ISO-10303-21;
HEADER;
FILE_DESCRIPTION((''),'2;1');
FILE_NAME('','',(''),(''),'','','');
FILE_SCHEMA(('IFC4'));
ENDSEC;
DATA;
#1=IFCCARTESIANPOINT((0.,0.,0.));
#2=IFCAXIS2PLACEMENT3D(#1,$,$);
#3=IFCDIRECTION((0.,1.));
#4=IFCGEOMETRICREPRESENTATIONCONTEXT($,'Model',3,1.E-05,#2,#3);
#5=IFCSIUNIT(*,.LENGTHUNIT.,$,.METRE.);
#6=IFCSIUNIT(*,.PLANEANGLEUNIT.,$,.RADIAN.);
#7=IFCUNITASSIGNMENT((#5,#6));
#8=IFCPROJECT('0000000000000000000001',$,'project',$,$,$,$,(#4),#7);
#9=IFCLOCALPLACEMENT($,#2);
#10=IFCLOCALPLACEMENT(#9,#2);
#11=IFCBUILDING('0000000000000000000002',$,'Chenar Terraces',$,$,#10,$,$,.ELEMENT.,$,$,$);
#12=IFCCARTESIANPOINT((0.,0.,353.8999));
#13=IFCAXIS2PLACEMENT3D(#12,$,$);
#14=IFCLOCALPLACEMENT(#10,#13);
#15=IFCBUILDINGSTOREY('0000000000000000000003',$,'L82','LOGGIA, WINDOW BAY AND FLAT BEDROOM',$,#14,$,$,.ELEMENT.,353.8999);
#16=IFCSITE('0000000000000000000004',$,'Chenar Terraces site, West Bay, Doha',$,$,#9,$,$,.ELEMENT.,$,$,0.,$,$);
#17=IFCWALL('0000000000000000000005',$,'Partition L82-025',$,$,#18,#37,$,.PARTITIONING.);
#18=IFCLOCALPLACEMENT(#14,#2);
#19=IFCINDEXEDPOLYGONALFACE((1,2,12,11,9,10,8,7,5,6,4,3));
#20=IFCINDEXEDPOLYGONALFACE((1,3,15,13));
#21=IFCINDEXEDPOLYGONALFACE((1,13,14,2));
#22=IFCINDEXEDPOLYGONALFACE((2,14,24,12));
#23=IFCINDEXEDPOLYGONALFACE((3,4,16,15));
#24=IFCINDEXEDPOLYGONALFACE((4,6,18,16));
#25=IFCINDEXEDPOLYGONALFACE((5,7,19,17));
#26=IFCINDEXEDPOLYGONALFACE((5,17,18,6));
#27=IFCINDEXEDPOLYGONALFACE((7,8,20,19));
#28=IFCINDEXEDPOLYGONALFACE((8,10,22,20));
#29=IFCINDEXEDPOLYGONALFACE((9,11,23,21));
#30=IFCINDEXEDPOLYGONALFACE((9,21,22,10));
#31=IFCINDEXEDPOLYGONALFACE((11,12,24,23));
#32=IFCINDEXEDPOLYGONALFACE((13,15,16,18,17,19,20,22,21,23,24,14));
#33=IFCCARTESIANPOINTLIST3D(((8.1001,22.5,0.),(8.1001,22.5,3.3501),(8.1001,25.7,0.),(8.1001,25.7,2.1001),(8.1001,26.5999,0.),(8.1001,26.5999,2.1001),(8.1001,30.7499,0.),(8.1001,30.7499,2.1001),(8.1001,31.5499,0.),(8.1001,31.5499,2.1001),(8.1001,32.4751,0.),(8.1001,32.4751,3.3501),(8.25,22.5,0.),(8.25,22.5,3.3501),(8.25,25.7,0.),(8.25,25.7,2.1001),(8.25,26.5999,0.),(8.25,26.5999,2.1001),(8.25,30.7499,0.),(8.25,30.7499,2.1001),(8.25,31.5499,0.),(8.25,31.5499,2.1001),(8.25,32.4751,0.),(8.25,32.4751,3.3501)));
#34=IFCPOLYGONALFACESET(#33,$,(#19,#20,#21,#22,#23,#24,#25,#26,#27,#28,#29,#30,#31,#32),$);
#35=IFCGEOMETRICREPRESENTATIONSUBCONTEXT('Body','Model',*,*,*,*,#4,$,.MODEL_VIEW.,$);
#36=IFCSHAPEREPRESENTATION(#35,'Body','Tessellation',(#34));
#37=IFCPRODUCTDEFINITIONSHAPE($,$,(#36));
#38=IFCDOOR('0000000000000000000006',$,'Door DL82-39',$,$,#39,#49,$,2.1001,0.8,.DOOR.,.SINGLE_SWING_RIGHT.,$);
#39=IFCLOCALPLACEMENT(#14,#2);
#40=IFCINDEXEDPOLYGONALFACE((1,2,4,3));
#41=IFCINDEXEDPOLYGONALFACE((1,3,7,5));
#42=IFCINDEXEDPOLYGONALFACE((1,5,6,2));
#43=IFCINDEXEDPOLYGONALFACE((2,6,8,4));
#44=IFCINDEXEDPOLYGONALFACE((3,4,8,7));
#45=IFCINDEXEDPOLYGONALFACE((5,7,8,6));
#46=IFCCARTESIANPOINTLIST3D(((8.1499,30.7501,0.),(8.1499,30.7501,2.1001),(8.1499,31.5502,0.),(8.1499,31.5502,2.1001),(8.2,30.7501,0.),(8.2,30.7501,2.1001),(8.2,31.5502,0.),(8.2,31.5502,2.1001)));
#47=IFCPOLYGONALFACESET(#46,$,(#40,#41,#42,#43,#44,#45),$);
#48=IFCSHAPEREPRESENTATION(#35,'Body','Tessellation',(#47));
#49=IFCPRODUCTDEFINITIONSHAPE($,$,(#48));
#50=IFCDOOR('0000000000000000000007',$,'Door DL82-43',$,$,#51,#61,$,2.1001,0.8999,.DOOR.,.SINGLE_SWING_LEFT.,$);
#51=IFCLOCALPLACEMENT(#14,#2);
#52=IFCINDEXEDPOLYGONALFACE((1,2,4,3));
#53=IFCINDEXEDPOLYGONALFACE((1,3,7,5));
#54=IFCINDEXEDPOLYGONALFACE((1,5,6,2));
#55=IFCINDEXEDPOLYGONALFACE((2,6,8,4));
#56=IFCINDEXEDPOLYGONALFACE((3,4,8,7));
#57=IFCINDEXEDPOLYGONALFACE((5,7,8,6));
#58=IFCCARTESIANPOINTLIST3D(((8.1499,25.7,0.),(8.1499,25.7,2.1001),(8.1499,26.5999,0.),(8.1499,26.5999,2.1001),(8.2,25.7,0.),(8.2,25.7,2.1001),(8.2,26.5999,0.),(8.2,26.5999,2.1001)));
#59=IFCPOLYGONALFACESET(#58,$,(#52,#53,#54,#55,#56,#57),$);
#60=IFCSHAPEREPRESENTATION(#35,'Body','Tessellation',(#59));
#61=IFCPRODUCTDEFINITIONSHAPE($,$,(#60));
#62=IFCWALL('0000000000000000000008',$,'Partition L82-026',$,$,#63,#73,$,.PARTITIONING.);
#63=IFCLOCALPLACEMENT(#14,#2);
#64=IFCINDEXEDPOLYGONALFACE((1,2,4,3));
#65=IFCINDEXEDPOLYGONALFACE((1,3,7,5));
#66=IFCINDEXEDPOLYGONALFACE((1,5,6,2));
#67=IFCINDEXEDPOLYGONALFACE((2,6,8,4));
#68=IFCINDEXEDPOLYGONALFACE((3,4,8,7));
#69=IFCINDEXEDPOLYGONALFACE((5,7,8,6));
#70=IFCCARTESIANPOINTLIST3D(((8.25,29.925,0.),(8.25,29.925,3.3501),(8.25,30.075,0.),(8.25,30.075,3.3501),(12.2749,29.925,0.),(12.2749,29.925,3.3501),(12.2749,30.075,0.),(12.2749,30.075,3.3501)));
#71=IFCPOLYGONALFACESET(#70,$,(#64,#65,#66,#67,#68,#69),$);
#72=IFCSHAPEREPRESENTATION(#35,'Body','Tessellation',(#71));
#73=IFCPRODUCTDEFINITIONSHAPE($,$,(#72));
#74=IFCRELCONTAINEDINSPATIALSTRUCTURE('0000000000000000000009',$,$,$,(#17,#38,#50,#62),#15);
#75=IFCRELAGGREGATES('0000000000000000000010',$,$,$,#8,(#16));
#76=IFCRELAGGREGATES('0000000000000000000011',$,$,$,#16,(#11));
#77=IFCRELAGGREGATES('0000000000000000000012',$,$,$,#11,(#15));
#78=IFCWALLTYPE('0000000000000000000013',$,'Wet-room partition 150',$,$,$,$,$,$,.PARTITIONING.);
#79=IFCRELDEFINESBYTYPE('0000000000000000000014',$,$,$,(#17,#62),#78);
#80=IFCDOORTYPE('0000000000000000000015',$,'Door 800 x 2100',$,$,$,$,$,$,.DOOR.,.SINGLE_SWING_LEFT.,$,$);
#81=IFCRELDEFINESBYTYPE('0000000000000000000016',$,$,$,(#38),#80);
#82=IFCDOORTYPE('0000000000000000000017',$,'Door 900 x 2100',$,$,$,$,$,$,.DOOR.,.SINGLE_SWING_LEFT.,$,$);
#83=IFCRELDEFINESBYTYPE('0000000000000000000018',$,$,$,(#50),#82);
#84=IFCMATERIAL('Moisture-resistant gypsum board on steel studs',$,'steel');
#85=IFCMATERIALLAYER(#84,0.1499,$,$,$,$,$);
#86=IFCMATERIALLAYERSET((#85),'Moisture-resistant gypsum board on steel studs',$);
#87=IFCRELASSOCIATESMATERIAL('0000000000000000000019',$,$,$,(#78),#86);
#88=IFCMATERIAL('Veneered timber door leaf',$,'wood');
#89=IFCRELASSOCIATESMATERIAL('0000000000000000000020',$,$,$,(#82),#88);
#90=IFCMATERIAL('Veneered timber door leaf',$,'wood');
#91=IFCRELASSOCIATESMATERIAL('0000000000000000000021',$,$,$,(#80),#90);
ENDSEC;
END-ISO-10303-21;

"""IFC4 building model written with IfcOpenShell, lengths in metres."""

from ifc_helpers import new_model, si_unit, direction, frame, frame_2d, origin, place, context, subcontext, project, spatial, rectangle, extrude, material, layer, layer_set, type_object, element, fill, save


model = new_model("IFC4")

# Units and contexts
model_context = context("Model", 3, precision=1e-05, world=origin(), true_north=direction((0.0, 1.0)))
body_context = subcontext(model_context, "Body", "Model", "MODEL_VIEW")
ifc_project = project(units=[si_unit("LENGTHUNIT", "METRE"), si_unit("PLANEANGLEUNIT", "RADIAN")], contexts=[model_context])

# Site, building, storey
site_placement = place(None, origin())
site = spatial("IfcSite", under=ifc_project, at=site_placement, Name="Chenar Terraces site, West Bay, Doha", CompositionType="ELEMENT", RefElevation=0.0)
building_placement = place(site_placement, origin())
building = spatial("IfcBuilding", under=site, at=building_placement, Name="Chenar Terraces", CompositionType="ELEMENT")
storey_placement = place(building_placement, frame((0.0, 0.0, 353.8999)))
storey = spatial("IfcBuildingStorey", under=building, at=storey_placement, Name="L82", Description="LOGGIA, WINDOW BAY AND FLAT BEDROOM", CompositionType="ELEMENT", Elevation=353.8999)

# Wall, openings, doors
ifc_material_1 = material(Name="Moisture-resistant gypsum board on steel studs", Category="steel")
ifc_layer_1 = layer(ifc_material_1, 0.1499)
ifc_layer_set_1 = layer_set([ifc_layer_1], Name="Moisture-resistant gypsum board on steel studs")
wall_type_1 = type_object("IfcWallType", Name="Wet-room partition 150", PredefinedType="PARTITIONING", material=ifc_layer_set_1)
ifc_material_2 = material(Name="Veneered timber door leaf", Category="wood")
door_type_1 = type_object("IfcDoorType", Name="Door 900 x 2100", OperationType="SINGLE_SWING_LEFT", PredefinedType="DOOR", material=ifc_material_2)
wall_1_placement = place(storey_placement, frame((8.175, 22.5, 0.0), z_axis=(0.0, 0.0, 1.0), x_axis=(0.0, 1.0, 0.0)))
wall_1 = element("IfcWall", 1, at=wall_1_placement, inside=storey, type_object=wall_type_1, Name="Partition L82-025", PredefinedType="PARTITIONING", context=body_context, shape_type="SweptSolid", body=[
    extrude(rectangle(XDim=9.9751, YDim=0.1499, at=frame_2d((4.9875, 0.0))), origin(), (0.0, 0.0, 1.0), 3.3501),
])
opening_1_placement = place(wall_1_placement, frame((8.25, 0.0, 0.0)))
opening_1 = element("IfcOpeningElement", 2, at=opening_1_placement, cuts=wall_1, PredefinedType="OPENING", context=body_context, shape_type="SweptSolid", body=[
    extrude(rectangle(XDim=0.8, YDim=2.1001, at=frame_2d((0.3999, 1.05))), frame((0.0, 0.085, 0.0), z_axis=(0.0, -1.0, 0.0), x_axis=(1.0, 0.0, 0.0)), (0.0, 0.0, 1.0), 0.1699),
])
opening_2_placement = place(wall_1_placement, frame((3.2, 0.0, 0.0)))
opening_2 = element("IfcOpeningElement", 3, at=opening_2_placement, cuts=wall_1, PredefinedType="OPENING", context=body_context, shape_type="SweptSolid", body=[
    extrude(rectangle(XDim=0.8999, YDim=2.1001, at=frame_2d((0.45, 1.05))), frame((0.0, 0.085, 0.0), z_axis=(0.0, -1.0, 0.0), x_axis=(1.0, 0.0, 0.0)), (0.0, 0.0, 1.0), 0.1699),
])
ifc_material_3 = material(Name="Veneered timber door leaf", Category="wood")
door_type_2 = type_object("IfcDoorType", Name="Door 800 x 2100", OperationType="SINGLE_SWING_LEFT", PredefinedType="DOOR", material=ifc_material_3)
door_1_placement = place(opening_1_placement, frame((0.8, 0.0, 0.0), z_axis=(0.0, 0.0, 1.0), x_axis=(-1.0, 0.0, 0.0)))
door_1 = element("IfcDoor", 4, at=door_1_placement, inside=storey, type_object=door_type_2, Name="Door DL82-39", OperationType="SINGLE_SWING_RIGHT", OverallHeight=2.1001, OverallWidth=0.8, PredefinedType="DOOR", context=body_context, shape_type="SweptSolid", body=[
    extrude(rectangle(XDim=0.8, YDim=2.1001, at=frame_2d((0.3999, 1.05))), frame((0.0, 0.0249, 0.0), z_axis=(0.0, -1.0, 0.0), x_axis=(1.0, 0.0, 0.0)), (0.0, 0.0, 1.0), 0.05),
])
fill(opening_1, door_1)
door_2_placement = place(opening_2_placement, frame((0.8999, 0.0, 0.0), z_axis=(0.0, 0.0, 1.0), x_axis=(-1.0, 0.0, 0.0)))
door_2 = element("IfcDoor", 5, at=door_2_placement, inside=storey, type_object=door_type_1, Name="Door DL82-43", OperationType="SINGLE_SWING_LEFT", OverallHeight=2.1001, OverallWidth=0.8999, PredefinedType="DOOR", context=body_context, shape_type="SweptSolid", body=[
    extrude(rectangle(XDim=0.8999, YDim=2.1001, at=frame_2d((0.45, 1.05))), frame((0.0, 0.0249, 0.0), z_axis=(0.0, -1.0, 0.0), x_axis=(1.0, 0.0, 0.0)), (0.0, 0.0, 1.0), 0.05),
])
fill(opening_2, door_2)

# Wall
wall_2_placement = place(storey_placement, frame((8.25, 30.0, 0.0), z_axis=(0.0, 0.0, 1.0), x_axis=(1.0, 0.0, 0.0)))
element("IfcWall", 6, at=wall_2_placement, inside=storey, type_object=wall_type_1, Name="Partition L82-026", PredefinedType="PARTITIONING", context=body_context, shape_type="SweptSolid", body=[
    extrude(rectangle(XDim=4.0249, YDim=0.1499, at=frame_2d((2.0125, 0.0))), origin(), (0.0, 0.0, 1.0), 3.3501),
])

save(model, "model.ifc")
